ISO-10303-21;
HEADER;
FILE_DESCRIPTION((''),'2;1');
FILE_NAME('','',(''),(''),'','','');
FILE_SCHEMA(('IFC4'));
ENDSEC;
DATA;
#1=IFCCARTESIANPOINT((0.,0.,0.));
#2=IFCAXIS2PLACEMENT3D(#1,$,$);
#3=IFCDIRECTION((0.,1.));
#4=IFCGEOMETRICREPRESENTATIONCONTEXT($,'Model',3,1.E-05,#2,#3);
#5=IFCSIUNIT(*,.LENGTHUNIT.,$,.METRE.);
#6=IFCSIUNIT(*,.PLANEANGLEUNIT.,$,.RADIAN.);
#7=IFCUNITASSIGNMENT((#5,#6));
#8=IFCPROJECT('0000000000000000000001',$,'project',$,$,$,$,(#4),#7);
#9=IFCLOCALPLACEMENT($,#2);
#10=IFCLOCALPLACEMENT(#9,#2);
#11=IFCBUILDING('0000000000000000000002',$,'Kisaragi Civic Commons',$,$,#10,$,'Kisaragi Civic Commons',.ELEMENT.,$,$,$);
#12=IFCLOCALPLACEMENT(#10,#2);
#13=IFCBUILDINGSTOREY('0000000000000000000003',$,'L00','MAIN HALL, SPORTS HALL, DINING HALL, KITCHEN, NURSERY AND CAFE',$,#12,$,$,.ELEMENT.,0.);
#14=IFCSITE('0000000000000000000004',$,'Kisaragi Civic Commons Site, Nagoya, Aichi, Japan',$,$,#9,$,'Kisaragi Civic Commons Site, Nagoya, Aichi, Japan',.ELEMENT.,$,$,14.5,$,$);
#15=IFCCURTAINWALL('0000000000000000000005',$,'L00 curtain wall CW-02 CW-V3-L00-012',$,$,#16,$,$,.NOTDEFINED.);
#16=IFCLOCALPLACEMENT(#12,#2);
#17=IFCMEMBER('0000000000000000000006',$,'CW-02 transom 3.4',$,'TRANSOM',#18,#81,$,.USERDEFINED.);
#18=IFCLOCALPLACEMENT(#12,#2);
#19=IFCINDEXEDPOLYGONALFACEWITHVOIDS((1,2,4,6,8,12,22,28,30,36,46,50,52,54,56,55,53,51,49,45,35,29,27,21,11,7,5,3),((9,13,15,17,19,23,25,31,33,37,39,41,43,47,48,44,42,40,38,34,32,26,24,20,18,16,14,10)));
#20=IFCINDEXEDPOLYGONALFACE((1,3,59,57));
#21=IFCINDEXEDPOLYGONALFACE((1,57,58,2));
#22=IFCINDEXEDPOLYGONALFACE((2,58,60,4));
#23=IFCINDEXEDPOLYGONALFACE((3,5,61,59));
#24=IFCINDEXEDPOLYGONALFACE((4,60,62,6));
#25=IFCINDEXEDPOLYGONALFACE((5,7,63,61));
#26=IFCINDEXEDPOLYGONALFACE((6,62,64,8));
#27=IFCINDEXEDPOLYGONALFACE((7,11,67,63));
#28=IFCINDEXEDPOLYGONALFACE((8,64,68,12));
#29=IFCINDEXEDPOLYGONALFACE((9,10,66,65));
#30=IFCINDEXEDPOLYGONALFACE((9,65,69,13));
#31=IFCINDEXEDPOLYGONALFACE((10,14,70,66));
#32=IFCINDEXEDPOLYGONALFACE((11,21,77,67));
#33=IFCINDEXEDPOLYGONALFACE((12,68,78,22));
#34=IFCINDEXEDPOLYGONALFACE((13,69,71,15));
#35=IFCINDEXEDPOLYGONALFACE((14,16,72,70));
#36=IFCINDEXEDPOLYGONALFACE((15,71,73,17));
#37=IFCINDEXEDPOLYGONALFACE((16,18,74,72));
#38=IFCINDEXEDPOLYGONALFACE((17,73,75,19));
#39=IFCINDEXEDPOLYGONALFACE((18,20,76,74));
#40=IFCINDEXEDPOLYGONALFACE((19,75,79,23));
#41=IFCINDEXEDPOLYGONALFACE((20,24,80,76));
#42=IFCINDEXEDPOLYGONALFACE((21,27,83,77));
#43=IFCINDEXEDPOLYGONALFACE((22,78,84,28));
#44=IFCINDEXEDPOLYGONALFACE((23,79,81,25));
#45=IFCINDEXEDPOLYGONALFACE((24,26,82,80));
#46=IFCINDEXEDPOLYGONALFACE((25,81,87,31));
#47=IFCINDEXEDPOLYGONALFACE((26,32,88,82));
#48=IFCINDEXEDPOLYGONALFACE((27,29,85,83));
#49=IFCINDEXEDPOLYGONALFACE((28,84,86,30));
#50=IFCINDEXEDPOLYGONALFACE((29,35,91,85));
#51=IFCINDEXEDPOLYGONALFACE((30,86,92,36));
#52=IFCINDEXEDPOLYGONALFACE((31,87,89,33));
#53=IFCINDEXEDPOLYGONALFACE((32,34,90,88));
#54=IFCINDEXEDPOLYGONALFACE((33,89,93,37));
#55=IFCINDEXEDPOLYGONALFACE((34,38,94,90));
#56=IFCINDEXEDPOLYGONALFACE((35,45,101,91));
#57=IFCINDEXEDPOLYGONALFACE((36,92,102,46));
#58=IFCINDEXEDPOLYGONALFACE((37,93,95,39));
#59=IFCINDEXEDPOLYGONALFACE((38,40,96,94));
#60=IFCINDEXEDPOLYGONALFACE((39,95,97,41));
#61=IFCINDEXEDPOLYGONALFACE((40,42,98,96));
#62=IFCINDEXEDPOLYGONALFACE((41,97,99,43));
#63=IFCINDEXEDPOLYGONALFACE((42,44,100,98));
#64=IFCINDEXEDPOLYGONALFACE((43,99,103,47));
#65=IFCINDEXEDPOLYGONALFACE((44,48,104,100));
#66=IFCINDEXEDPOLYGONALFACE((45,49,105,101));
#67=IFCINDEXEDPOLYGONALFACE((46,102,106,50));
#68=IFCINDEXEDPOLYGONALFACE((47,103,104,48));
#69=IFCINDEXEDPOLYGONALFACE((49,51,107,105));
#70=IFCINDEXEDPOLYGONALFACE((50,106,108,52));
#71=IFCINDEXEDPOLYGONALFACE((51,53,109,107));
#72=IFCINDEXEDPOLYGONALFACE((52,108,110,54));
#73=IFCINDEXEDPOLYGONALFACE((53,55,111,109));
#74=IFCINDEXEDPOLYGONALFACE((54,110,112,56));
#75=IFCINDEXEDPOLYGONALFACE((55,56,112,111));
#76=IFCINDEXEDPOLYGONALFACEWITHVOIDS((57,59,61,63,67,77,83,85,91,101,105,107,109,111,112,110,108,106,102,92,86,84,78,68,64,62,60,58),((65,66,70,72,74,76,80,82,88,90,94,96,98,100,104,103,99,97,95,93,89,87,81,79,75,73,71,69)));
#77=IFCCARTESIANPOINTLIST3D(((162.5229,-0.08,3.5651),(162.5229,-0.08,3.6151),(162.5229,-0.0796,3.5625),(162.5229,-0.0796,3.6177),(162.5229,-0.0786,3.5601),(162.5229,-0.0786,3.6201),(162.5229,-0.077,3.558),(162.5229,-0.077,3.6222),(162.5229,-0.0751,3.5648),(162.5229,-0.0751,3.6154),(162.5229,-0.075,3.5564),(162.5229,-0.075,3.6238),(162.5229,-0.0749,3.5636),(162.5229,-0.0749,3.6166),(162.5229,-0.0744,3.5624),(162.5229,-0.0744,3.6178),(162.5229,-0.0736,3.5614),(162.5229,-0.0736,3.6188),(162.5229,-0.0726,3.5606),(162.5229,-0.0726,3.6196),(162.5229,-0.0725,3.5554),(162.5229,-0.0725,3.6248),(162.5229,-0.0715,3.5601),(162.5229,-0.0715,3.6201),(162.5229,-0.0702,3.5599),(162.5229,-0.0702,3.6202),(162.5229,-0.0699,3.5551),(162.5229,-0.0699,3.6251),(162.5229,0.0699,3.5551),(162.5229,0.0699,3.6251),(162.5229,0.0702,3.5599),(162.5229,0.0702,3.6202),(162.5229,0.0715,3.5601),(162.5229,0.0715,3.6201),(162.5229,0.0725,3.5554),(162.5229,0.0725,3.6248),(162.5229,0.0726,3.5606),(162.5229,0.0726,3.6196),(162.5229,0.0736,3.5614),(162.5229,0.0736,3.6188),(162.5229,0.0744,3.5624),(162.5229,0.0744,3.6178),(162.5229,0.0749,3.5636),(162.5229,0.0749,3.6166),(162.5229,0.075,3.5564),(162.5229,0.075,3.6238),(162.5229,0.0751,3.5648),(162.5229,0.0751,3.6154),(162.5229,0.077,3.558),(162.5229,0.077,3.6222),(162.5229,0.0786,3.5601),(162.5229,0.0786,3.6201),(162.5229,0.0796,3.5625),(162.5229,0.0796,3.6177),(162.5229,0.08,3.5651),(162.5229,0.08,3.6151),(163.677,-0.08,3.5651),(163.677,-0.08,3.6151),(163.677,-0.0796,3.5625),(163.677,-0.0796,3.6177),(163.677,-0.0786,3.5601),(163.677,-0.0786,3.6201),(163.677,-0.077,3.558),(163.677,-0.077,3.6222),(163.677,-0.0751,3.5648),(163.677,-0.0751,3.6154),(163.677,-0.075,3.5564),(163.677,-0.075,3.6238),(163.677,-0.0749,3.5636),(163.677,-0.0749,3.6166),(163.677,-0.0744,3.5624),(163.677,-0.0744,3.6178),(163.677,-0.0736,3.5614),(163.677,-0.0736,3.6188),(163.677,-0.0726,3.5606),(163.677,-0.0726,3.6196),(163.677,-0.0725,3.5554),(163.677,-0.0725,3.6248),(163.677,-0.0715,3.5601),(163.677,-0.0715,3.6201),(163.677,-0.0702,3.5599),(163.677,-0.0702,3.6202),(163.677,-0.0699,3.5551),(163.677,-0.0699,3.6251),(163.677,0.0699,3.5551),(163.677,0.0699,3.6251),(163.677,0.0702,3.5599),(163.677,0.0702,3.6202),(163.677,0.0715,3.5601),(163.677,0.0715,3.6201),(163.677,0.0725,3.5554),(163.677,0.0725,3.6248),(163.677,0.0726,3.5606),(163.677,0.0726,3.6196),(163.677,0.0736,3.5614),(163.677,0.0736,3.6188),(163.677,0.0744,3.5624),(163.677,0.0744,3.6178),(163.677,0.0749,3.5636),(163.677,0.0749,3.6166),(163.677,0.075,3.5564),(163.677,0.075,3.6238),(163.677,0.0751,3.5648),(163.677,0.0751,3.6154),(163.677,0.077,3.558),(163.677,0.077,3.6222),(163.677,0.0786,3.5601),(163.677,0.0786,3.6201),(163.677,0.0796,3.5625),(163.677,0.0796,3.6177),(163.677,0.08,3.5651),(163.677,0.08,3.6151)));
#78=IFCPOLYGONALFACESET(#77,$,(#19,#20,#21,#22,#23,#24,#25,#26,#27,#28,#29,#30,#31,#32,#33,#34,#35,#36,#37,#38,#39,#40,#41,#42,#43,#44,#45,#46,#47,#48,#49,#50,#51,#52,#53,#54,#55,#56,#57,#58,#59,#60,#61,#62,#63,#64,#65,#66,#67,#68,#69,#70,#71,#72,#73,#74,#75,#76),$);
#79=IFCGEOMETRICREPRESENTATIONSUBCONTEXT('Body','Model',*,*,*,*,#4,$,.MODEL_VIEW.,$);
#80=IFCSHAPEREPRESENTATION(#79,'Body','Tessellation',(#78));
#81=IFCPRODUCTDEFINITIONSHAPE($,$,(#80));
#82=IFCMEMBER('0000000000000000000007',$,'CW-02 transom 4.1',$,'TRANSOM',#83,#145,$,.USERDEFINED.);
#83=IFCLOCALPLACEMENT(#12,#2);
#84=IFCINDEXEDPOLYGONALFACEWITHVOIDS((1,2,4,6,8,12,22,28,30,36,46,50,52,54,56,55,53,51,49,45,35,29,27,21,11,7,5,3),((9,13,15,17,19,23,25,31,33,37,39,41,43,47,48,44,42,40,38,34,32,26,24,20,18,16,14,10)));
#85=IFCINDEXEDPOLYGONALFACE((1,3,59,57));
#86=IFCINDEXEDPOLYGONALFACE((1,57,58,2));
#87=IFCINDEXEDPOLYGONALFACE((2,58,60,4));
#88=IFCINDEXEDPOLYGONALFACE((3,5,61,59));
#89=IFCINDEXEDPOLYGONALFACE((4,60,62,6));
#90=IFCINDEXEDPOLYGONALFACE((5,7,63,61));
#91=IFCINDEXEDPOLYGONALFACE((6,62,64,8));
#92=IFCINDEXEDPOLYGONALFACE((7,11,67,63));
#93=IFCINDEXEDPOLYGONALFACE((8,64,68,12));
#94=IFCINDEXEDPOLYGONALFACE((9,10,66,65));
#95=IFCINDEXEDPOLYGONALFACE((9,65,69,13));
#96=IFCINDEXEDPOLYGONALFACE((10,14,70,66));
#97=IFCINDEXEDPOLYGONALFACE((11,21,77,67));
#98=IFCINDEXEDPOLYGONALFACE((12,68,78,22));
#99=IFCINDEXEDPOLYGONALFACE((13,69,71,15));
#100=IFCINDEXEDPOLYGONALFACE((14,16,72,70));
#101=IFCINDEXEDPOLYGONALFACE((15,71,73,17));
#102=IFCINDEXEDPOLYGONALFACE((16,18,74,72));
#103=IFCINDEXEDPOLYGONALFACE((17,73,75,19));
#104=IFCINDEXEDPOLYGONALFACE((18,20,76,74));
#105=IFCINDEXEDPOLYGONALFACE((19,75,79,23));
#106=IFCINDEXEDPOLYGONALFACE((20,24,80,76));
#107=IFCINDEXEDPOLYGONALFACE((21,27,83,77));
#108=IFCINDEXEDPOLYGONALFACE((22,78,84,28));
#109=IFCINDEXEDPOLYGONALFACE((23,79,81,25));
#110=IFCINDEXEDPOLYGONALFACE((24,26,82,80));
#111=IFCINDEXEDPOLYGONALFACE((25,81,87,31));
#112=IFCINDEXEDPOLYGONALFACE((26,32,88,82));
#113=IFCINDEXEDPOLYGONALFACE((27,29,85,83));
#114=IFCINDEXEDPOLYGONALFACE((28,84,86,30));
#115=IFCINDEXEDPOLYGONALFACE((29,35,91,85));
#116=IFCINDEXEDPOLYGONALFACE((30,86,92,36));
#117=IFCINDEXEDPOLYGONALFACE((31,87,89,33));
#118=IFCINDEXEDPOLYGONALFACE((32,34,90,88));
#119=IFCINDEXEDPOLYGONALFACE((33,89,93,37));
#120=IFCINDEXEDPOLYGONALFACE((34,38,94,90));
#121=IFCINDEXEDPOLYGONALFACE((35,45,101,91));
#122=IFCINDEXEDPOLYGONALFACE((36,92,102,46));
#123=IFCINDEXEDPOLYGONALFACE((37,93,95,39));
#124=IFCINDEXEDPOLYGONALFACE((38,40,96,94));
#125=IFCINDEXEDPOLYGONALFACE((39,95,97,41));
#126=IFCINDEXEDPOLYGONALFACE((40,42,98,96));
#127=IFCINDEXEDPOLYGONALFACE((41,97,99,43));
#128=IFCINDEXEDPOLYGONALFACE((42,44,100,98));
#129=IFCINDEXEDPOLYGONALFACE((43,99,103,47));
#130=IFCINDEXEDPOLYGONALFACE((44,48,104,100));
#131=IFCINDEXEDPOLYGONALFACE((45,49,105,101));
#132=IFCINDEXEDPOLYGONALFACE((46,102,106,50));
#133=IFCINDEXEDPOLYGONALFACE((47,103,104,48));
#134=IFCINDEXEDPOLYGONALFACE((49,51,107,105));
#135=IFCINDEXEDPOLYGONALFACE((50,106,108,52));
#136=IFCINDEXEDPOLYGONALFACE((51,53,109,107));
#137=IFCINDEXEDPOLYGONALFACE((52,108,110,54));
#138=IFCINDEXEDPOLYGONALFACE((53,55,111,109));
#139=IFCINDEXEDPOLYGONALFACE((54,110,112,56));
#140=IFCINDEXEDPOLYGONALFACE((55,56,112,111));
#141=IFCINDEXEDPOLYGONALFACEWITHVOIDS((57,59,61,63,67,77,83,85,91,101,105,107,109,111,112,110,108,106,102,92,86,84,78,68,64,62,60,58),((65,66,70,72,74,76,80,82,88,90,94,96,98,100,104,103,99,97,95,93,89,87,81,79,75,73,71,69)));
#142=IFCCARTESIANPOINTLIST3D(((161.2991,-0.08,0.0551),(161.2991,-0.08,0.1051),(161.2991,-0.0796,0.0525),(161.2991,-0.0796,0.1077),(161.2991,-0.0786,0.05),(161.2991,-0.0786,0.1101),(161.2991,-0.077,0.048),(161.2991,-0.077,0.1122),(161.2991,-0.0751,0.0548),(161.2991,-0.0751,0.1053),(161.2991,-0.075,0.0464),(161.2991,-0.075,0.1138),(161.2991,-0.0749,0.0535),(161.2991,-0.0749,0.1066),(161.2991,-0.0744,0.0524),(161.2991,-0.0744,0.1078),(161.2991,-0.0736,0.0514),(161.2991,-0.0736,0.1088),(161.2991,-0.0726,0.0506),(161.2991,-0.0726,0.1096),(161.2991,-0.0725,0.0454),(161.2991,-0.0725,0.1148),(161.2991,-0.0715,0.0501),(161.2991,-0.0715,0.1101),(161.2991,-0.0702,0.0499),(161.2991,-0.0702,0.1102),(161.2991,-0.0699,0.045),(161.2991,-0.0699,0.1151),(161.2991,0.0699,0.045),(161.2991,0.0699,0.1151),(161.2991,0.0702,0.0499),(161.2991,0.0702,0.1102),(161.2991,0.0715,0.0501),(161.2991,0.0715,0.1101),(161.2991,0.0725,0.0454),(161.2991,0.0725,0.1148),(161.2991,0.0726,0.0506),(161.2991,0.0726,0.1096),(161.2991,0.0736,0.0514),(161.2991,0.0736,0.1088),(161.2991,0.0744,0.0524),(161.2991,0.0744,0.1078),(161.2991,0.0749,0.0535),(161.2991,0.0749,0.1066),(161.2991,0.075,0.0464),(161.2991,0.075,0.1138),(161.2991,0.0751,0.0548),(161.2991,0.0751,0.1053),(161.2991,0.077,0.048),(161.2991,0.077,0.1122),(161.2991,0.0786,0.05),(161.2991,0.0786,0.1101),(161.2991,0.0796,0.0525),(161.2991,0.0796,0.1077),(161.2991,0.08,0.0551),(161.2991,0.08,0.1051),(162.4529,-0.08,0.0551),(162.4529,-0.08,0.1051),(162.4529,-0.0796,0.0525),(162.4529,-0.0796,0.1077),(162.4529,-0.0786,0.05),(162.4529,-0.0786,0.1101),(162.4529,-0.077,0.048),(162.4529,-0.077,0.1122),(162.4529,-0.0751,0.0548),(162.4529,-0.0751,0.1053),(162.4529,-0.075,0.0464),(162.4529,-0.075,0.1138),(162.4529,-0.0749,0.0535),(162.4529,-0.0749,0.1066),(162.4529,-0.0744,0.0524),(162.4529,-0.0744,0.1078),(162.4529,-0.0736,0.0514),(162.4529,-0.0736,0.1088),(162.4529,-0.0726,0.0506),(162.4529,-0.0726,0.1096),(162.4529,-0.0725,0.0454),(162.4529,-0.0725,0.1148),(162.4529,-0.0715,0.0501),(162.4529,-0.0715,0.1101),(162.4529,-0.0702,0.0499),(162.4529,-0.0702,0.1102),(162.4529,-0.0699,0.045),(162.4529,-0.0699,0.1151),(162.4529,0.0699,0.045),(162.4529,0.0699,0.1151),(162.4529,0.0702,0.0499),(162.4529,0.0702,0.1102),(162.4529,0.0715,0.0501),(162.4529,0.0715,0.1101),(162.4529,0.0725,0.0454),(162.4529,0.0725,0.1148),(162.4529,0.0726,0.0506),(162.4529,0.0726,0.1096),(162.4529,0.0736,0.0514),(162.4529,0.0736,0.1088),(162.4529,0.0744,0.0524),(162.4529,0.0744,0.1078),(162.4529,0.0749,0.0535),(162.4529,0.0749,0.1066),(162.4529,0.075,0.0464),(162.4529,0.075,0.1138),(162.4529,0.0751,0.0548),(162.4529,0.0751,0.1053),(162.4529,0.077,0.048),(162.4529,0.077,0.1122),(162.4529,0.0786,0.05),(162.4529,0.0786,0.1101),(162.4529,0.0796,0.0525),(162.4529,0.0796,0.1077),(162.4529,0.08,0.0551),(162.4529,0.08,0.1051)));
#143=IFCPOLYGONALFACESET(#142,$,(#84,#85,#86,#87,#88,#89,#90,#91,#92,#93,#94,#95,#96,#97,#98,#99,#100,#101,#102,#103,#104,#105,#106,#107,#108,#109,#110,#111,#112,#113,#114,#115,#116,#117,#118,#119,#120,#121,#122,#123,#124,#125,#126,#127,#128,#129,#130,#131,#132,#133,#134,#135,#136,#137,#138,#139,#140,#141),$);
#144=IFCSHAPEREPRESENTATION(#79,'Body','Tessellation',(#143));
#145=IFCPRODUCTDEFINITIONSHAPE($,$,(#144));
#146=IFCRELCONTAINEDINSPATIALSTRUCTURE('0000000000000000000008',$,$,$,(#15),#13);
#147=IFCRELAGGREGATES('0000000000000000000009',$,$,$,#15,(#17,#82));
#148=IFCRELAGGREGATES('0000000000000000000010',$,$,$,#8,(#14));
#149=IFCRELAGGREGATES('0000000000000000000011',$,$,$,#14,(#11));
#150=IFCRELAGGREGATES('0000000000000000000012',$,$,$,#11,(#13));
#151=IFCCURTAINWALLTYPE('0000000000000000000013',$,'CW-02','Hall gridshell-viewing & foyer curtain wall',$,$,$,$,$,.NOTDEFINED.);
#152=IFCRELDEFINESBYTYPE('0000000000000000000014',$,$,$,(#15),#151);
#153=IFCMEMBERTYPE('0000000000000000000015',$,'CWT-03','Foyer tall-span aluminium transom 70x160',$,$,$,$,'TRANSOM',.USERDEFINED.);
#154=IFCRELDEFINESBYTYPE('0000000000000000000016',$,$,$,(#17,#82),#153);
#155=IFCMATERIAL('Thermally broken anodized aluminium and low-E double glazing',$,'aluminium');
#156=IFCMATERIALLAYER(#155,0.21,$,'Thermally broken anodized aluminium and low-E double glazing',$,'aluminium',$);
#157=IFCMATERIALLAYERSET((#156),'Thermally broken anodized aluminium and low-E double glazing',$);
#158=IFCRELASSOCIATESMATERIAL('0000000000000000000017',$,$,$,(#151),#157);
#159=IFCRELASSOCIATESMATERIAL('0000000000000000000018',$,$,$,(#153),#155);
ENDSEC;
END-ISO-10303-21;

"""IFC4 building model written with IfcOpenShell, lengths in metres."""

from ifc_helpers import new_model, si_unit, direction, frame, origin, origin_2d, place, context, subcontext, project, spatial, hollow_rectangle, extrude, material, layer, layer_set, material_profile, profile_set, type_object, element, aggregate, save


model = new_model("IFC4")

# Units and contexts
model_context = context("Model", 3, precision=1e-05, world=origin(), true_north=direction((0.0, 1.0)))
body_context = subcontext(model_context, "Body", "Model", "MODEL_VIEW")
ifc_project = project(units=[si_unit("LENGTHUNIT", "METRE"), si_unit("PLANEANGLEUNIT", "RADIAN")], contexts=[model_context])

# Site, building, storey
site_placement = place(None, origin())
site = spatial("IfcSite", under=ifc_project, at=site_placement, Name="Kisaragi Civic Commons Site, Nagoya, Aichi, Japan", LongName="Kisaragi Civic Commons Site, Nagoya, Aichi, Japan", CompositionType="ELEMENT", RefElevation=14.5)
building_placement = place(site_placement, origin())
building = spatial("IfcBuilding", under=site, at=building_placement, Name="Kisaragi Civic Commons", LongName="Kisaragi Civic Commons", CompositionType="ELEMENT")
storey_placement = place(building_placement, origin())
storey = spatial("IfcBuildingStorey", under=building, at=storey_placement, Name="L00", Description="MAIN HALL, SPORTS HALL, DINING HALL, KITCHEN, NURSERY AND CAFE", CompositionType="ELEMENT", Elevation=0.0)

# Curtain wall, members
ifc_material = material(Name="Thermally broken anodized aluminium and low-E double glazing", Category="aluminium")
ifc_layer_1 = layer(ifc_material, 0.21, Name="Thermally broken anodized aluminium and low-E double glazing", Category="aluminium")
ifc_layer_set_1 = layer_set([ifc_layer_1], Name="Thermally broken anodized aluminium and low-E double glazing")
curtain_wall_type = type_object("IfcCurtainWallType", Name="CW-02", Description="Hall gridshell-viewing & foyer curtain wall", PredefinedType="NOTDEFINED", material=ifc_layer_set_1)
curtain_wall_placement = place(storey_placement, origin())
curtain_wall = element("IfcCurtainWall", 1, at=curtain_wall_placement, inside=storey, type_object=curtain_wall_type, Name="L00 curtain wall CW-02 CW-V3-L00-012", PredefinedType="NOTDEFINED")
ifc_material_profile_1 = material_profile(ifc_material, hollow_rectangle(XDim=0.1599, YDim=0.0701, WallThickness=0.0049, InnerFilletRadius=0.0049, OuterFilletRadius=0.01, at=origin_2d()), Name="CWT-70x160x5", Category="aluminium")
ifc_profile_set_1 = profile_set([ifc_material_profile_1], Name="Thermally broken anodized aluminium and low-E double glazing")
member_type_1 = type_object("IfcMemberType", Name="CWT-03", Description="Foyer tall-span aluminium transom 70x160", ElementType="TRANSOM", PredefinedType="USERDEFINED", material=ifc_profile_set_1)
member_1_placement = place(storey_placement, frame((163.677, 0.0, 3.5901), z_axis=(-1.0, 0.0, 0.0), x_axis=(0.0, -1.0, 0.0)))
member_1 = element("IfcMember", 2, at=member_1_placement, type_object=member_type_1, Name="CW-02 transom 3.4", ObjectType="TRANSOM", PredefinedType="USERDEFINED", context=body_context, shape_type="SweptSolid", body=[
    extrude(hollow_rectangle(XDim=0.1599, YDim=0.0701, WallThickness=0.0049, InnerFilletRadius=0.0049, OuterFilletRadius=0.01, at=origin_2d()), origin(), (0.0, 0.0, 1.0), 1.1541),
])
member_2_placement = place(storey_placement, frame((162.4529, 0.0, 0.0801), z_axis=(-1.0, 0.0, 0.0), x_axis=(0.0, -1.0, 0.0)))
member_2 = element("IfcMember", 3, at=member_2_placement, type_object=member_type_1, Name="CW-02 transom 4.1", ObjectType="TRANSOM", PredefinedType="USERDEFINED", context=body_context, shape_type="SweptSolid", body=[
    extrude(hollow_rectangle(XDim=0.1599, YDim=0.0701, WallThickness=0.0049, InnerFilletRadius=0.0049, OuterFilletRadius=0.01, at=origin_2d()), origin(), (0.0, 0.0, 1.0), 1.1538),
])
aggregate(curtain_wall, [member_1, member_2])

save(model, "model.ifc")
